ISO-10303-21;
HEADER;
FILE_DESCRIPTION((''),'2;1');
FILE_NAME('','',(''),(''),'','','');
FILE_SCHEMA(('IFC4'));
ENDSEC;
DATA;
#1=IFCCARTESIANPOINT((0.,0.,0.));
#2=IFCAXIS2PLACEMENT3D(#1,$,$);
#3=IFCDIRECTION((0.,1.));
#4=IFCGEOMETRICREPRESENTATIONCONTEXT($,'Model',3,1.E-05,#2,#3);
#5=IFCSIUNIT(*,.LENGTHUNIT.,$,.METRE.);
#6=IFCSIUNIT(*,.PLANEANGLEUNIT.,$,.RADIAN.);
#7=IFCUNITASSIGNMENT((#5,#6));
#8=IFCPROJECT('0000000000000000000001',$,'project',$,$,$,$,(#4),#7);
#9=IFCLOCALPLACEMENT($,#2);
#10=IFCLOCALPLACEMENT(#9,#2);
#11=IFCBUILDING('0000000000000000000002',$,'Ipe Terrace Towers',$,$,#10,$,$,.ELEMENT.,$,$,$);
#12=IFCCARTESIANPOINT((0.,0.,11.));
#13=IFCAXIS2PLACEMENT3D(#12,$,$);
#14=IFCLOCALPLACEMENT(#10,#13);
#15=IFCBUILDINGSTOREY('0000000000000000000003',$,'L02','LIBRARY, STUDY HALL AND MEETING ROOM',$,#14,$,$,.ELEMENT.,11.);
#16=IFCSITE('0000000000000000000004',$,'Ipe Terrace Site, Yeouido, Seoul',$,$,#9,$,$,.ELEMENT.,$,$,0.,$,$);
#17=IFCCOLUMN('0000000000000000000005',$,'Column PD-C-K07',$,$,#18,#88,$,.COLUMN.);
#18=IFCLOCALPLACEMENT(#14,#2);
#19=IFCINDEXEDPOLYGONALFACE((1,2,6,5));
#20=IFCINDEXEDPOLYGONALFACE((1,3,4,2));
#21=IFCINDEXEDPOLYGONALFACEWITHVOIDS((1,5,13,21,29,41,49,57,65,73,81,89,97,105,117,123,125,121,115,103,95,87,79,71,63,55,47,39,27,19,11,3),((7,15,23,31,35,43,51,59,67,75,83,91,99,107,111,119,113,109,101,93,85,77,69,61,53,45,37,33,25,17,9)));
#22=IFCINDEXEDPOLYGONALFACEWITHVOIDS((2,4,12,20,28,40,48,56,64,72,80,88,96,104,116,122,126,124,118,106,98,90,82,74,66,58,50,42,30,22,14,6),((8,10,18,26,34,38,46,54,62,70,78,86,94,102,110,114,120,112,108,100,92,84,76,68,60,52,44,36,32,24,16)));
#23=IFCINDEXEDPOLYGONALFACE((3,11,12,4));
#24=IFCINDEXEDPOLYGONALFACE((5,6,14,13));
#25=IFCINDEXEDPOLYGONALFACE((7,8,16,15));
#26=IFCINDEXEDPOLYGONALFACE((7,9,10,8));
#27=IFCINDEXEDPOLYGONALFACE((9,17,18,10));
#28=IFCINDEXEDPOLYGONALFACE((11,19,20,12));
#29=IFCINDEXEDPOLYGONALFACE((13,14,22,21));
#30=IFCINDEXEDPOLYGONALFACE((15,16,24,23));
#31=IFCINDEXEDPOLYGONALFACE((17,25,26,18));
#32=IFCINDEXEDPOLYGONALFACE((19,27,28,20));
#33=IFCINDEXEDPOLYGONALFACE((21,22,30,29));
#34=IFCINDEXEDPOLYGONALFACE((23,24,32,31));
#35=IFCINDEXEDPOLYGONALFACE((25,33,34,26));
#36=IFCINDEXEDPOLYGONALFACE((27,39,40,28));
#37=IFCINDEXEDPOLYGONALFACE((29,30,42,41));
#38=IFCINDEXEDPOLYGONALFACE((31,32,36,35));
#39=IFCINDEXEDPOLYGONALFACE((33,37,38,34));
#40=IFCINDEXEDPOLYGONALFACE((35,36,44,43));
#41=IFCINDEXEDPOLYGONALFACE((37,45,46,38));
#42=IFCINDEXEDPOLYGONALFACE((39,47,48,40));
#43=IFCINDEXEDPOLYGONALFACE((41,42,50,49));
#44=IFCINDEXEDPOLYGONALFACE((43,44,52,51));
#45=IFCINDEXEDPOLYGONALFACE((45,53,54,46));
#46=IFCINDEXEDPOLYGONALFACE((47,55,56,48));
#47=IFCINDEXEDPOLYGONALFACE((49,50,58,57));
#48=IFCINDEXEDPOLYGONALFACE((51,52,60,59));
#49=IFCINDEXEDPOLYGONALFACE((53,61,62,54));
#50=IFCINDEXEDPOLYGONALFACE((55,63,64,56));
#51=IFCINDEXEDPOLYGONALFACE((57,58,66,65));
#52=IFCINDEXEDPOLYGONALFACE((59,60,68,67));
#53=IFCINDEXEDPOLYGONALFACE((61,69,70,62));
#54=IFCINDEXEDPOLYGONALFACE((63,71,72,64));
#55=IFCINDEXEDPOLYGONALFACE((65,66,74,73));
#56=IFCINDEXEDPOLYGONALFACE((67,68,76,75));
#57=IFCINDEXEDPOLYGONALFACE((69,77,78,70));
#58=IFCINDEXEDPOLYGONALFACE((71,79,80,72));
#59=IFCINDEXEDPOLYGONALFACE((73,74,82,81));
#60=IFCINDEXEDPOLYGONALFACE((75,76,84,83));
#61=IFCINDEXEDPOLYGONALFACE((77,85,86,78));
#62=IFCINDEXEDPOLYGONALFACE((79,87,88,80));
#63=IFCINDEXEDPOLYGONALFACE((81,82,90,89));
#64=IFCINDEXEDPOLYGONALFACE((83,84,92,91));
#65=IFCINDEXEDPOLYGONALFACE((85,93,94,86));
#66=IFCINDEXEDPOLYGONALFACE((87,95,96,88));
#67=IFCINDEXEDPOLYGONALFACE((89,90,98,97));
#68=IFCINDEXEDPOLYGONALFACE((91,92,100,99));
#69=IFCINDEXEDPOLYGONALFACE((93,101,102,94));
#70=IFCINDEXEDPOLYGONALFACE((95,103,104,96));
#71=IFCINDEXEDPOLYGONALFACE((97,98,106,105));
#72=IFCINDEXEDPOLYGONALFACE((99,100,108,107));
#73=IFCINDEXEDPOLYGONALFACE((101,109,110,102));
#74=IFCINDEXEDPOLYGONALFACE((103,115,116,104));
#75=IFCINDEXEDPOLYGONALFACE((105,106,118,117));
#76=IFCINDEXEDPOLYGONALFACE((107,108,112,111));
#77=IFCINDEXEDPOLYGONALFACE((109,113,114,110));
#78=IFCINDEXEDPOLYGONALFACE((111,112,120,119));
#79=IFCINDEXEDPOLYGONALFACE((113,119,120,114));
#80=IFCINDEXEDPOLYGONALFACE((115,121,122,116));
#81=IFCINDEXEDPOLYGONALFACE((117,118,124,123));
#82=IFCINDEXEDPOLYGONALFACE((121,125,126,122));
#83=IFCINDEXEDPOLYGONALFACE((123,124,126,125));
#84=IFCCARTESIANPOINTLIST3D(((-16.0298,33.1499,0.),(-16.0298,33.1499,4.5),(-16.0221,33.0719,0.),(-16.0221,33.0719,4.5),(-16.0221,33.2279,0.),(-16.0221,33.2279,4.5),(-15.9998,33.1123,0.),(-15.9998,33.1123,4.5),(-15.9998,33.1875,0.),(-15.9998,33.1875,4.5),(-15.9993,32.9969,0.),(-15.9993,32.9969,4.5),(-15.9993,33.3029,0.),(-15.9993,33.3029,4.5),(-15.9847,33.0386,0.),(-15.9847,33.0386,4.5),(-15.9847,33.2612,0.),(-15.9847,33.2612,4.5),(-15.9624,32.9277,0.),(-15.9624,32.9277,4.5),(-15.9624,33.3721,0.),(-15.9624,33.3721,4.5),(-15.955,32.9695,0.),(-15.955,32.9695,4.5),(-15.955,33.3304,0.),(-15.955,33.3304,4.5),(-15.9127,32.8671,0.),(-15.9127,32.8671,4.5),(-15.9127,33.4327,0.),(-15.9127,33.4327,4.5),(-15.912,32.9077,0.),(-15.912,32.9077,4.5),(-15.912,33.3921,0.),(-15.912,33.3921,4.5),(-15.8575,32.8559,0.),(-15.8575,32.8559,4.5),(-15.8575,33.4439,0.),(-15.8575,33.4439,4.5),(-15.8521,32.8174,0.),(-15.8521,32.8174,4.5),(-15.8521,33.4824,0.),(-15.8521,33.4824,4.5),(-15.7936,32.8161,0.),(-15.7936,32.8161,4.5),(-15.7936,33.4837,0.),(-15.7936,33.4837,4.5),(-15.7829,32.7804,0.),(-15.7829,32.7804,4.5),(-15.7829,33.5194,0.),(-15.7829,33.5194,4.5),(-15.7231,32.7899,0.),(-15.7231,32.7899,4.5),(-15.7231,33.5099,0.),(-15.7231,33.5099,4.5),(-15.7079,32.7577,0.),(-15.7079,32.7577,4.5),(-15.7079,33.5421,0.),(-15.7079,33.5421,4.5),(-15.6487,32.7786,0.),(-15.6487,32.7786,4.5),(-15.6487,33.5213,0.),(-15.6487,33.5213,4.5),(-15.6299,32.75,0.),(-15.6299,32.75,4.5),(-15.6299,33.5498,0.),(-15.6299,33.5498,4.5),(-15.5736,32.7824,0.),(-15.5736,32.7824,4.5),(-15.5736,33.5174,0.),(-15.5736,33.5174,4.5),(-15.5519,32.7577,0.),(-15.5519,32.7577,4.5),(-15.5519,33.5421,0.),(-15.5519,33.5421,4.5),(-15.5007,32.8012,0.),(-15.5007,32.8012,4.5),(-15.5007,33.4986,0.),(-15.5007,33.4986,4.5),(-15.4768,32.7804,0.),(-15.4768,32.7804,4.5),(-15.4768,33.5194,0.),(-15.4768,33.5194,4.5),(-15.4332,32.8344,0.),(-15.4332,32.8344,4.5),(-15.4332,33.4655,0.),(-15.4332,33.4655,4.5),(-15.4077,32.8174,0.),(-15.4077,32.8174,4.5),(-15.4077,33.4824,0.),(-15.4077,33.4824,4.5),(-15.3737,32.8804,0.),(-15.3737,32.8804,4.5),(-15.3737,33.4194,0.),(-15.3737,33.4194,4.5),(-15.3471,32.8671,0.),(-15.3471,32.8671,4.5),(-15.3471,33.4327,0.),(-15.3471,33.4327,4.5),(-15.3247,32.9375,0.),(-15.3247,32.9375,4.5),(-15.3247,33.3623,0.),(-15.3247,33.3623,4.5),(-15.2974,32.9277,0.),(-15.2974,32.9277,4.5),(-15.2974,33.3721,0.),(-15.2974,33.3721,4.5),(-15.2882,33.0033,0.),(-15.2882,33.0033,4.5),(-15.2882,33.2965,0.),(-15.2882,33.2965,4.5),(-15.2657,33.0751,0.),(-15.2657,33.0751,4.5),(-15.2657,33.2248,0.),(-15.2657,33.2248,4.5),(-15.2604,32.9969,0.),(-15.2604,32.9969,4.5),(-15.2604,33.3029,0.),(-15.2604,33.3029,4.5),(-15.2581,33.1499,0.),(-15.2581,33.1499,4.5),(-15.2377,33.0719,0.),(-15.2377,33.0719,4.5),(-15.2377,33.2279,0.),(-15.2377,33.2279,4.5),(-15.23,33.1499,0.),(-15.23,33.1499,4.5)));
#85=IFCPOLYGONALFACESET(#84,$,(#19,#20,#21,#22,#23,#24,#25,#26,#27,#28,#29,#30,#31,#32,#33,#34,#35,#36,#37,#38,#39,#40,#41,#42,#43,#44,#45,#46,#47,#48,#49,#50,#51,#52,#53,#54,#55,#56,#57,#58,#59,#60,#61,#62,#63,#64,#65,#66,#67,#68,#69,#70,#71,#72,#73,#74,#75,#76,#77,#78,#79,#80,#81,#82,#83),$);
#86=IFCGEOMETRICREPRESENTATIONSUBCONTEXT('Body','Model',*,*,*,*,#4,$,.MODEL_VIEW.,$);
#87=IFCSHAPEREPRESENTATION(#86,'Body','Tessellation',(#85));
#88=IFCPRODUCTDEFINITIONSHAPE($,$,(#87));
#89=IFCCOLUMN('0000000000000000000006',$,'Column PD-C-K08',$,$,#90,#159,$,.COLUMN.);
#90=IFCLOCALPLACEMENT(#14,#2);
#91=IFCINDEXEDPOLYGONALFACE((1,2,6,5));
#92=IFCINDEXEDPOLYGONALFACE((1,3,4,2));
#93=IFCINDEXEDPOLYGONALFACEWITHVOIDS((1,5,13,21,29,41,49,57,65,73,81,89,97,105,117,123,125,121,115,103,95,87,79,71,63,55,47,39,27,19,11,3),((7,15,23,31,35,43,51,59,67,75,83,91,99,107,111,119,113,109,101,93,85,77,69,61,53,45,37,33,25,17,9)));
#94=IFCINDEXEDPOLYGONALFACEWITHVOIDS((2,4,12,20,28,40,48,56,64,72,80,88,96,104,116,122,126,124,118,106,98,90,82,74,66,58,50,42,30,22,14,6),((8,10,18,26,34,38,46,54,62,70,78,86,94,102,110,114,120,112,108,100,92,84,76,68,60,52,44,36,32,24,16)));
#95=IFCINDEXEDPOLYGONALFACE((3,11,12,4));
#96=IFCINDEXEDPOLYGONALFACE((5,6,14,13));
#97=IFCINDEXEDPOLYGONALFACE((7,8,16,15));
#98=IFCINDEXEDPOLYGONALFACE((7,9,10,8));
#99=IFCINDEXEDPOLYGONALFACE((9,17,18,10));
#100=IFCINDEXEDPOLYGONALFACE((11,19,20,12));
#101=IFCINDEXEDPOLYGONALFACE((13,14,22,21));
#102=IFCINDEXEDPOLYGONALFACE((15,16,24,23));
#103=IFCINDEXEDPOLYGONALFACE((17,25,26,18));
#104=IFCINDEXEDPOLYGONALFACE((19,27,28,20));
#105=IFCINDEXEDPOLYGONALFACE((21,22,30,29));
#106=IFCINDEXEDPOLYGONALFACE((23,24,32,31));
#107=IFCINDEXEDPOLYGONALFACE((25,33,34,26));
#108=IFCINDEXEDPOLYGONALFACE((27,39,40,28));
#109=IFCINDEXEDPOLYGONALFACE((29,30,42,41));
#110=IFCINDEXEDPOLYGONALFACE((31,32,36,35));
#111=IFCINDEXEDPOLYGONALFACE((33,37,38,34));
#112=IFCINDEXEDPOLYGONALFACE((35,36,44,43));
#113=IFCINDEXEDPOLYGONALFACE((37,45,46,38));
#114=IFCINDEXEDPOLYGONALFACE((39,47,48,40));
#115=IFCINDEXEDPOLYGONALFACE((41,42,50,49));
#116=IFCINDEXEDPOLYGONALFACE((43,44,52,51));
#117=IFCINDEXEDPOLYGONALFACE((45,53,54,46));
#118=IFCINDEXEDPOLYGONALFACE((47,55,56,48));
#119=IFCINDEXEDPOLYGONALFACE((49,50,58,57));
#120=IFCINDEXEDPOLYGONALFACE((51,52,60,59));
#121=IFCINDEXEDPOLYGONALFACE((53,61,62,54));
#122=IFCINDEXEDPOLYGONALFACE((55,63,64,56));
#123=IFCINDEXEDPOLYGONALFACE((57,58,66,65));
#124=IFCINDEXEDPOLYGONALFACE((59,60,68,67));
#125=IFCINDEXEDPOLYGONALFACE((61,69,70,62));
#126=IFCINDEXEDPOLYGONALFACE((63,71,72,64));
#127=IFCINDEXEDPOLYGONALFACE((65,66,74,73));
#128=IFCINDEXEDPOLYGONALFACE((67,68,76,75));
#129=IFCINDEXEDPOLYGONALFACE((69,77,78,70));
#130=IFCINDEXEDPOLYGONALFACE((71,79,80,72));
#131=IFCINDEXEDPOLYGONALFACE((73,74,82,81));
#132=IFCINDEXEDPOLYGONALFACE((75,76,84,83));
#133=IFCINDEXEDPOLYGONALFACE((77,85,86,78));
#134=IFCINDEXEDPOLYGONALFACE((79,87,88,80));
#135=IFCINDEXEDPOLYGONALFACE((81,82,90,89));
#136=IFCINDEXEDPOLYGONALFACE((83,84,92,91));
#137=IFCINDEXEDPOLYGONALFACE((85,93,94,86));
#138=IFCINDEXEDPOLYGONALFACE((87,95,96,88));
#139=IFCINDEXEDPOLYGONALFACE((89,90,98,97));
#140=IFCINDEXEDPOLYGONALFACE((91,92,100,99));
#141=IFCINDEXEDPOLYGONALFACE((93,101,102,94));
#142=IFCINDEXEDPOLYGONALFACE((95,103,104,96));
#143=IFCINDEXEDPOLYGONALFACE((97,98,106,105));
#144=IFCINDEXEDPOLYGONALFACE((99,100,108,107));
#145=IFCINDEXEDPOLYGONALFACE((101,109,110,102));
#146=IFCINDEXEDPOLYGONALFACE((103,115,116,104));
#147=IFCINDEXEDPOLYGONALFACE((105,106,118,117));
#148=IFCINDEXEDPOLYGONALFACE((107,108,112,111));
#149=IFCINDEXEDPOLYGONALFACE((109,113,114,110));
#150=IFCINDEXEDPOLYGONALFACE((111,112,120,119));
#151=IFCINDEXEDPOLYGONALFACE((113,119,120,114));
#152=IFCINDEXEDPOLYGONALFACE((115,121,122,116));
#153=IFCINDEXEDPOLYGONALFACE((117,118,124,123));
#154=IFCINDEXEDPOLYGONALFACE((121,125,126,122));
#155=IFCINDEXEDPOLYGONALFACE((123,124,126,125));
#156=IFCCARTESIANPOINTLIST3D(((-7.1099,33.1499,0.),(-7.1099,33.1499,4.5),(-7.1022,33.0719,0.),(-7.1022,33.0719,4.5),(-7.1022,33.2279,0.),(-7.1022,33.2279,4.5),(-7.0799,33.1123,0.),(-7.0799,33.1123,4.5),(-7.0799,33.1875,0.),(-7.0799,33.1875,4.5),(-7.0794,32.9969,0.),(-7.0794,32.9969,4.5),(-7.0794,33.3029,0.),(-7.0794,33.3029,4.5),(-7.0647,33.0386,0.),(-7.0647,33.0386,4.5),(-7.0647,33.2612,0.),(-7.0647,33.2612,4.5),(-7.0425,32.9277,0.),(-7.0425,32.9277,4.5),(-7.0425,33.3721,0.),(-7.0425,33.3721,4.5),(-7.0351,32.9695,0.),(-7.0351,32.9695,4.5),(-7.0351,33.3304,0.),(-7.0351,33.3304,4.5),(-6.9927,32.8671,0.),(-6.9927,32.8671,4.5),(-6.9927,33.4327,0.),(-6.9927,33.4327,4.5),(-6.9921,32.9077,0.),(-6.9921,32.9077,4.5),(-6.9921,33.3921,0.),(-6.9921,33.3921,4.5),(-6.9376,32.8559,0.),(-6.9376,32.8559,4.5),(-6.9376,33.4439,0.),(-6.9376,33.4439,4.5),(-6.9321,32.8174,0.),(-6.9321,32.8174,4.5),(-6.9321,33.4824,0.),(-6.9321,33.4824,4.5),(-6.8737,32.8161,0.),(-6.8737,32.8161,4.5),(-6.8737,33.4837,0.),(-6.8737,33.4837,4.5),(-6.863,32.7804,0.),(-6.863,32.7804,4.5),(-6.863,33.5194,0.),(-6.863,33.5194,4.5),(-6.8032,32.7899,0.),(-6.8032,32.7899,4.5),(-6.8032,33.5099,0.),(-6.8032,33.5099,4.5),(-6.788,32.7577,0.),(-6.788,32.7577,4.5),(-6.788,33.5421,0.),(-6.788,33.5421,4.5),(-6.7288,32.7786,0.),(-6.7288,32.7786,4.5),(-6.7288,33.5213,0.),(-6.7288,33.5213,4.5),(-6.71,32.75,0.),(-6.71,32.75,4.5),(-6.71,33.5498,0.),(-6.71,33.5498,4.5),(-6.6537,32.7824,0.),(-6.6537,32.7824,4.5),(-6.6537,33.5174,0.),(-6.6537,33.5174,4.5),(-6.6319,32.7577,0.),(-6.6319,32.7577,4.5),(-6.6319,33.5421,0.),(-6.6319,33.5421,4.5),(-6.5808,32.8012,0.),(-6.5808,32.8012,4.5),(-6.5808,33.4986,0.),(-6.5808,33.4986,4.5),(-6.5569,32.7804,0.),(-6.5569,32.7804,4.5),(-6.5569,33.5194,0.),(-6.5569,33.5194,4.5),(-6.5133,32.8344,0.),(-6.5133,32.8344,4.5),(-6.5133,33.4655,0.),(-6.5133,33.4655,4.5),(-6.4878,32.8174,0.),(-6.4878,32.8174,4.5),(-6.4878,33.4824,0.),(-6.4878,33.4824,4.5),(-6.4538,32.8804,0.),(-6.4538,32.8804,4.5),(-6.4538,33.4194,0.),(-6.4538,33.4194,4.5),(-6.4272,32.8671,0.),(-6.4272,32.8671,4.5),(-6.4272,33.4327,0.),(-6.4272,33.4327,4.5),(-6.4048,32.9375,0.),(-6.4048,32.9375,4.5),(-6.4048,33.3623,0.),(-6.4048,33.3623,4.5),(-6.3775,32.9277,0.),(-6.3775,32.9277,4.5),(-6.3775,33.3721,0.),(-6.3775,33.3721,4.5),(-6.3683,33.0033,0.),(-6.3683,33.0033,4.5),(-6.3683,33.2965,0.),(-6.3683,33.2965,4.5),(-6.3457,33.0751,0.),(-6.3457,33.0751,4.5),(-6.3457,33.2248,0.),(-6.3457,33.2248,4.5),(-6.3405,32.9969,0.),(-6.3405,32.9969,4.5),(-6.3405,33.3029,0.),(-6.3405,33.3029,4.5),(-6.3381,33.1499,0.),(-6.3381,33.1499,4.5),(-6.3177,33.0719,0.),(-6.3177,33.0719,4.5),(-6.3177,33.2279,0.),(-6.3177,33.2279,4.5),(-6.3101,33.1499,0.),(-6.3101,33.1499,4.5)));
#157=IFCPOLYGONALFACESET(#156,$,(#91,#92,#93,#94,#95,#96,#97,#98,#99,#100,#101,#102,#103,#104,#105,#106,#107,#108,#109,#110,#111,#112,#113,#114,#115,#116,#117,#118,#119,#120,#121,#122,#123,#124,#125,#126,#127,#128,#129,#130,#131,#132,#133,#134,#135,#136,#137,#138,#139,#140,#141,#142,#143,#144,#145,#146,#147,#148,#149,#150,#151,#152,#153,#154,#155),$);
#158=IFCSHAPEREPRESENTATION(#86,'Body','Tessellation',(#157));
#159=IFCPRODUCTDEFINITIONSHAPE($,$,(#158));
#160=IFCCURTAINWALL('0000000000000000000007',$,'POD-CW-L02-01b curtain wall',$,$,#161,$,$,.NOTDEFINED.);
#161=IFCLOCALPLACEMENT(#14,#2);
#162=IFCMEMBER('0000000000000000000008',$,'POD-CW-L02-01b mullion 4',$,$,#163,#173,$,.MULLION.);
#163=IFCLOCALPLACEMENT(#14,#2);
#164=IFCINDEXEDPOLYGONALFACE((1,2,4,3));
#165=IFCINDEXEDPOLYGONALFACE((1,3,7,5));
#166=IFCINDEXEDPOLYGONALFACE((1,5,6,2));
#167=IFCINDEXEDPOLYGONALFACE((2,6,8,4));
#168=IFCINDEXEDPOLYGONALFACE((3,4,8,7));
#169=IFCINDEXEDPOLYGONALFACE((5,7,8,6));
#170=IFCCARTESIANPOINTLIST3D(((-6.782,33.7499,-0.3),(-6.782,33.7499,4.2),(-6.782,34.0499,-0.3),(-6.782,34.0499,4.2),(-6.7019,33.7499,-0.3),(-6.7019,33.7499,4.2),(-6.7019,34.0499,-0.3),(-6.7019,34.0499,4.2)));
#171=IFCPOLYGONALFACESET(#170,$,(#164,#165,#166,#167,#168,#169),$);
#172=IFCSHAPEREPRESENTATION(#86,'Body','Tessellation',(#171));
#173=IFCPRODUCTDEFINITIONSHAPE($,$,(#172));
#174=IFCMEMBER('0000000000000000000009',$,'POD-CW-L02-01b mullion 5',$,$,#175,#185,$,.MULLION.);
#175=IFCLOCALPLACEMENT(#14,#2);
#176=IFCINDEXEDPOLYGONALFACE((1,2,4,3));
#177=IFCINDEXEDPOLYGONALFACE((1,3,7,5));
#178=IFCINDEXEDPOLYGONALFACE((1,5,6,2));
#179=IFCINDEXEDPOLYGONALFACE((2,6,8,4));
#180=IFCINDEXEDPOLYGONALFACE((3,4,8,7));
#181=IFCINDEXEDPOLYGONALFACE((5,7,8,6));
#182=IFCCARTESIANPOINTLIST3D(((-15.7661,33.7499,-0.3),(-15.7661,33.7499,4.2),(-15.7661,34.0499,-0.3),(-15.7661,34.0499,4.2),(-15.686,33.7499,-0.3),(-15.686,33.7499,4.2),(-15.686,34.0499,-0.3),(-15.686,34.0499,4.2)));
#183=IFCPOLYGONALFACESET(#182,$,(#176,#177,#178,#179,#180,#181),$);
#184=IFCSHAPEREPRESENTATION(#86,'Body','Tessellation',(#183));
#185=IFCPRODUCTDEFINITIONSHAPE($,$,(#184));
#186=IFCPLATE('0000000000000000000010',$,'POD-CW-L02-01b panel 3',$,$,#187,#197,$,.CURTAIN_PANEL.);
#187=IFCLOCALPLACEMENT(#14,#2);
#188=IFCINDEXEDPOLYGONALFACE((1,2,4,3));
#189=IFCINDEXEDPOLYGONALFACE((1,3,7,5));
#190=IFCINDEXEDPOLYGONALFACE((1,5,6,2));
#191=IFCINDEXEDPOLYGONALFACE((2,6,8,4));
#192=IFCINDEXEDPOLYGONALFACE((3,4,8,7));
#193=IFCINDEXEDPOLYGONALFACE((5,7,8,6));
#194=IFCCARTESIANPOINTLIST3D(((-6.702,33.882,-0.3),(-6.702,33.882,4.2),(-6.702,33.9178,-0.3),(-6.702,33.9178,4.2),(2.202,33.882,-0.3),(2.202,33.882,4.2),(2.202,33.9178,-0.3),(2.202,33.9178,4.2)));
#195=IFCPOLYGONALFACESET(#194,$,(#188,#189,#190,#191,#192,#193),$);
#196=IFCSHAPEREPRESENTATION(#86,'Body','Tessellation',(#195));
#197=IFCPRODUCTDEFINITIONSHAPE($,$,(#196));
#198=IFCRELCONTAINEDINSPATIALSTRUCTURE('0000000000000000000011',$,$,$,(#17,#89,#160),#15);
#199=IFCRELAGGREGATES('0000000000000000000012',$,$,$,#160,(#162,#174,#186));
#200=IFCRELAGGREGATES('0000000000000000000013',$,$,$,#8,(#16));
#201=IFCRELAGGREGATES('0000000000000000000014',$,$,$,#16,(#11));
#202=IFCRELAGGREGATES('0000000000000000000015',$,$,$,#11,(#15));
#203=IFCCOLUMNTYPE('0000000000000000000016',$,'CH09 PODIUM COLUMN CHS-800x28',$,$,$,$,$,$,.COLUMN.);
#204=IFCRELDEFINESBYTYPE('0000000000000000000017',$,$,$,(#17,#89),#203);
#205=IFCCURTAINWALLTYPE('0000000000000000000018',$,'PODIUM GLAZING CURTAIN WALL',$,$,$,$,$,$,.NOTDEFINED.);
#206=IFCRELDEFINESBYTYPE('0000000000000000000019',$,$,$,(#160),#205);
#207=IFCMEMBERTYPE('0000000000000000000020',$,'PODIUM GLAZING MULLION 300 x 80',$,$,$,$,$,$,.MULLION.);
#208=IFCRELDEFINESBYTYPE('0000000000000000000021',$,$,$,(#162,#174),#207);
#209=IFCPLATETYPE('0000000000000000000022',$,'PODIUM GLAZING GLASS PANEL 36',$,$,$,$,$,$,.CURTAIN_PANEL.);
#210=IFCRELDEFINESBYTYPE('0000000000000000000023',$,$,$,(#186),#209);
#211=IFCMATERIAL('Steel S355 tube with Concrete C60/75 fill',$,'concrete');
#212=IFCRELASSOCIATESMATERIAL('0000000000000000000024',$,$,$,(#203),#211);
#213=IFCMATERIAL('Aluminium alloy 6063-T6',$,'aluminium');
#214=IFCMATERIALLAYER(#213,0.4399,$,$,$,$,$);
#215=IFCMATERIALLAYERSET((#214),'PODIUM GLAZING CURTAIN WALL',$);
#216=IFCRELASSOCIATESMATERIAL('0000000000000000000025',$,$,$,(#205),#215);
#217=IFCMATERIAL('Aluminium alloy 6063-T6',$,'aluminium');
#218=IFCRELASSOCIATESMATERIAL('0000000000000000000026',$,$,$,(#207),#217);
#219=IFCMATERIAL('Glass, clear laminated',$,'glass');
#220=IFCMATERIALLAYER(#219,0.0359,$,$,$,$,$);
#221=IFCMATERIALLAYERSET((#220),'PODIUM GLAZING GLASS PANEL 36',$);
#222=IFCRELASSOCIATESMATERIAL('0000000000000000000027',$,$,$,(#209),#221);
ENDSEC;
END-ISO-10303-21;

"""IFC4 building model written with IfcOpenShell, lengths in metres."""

from ifc_helpers import new_model, si_unit, direction, frame, origin, origin_2d, place, context, subcontext, project, spatial, rectangle, hollow_circle, extrude, material, layer, layer_set, material_profile, profile_set, type_object, element, aggregate, save


model = new_model("IFC4")

# Units and contexts
model_context = context("Model", 3, precision=1e-05, world=origin(), true_north=direction((0.0, 1.0)))
body_context = subcontext(model_context, "Body", "Model", "MODEL_VIEW")
ifc_project = project(units=[si_unit("LENGTHUNIT", "METRE"), si_unit("PLANEANGLEUNIT", "RADIAN")], contexts=[model_context])

# Site, building, storey
site_placement = place(None, origin())
site = spatial("IfcSite", under=ifc_project, at=site_placement, Name="Ipe Terrace Site, Yeouido, Seoul", CompositionType="ELEMENT", RefElevation=0.0)
building_placement = place(site_placement, origin())
building = spatial("IfcBuilding", under=site, at=building_placement, Name="Ipe Terrace Towers", CompositionType="ELEMENT")
storey_placement = place(building_placement, frame((0.0, 0.0, 11.0)))
storey = spatial("IfcBuildingStorey", under=building, at=storey_placement, Name="L02", Description="LIBRARY, STUDY HALL AND MEETING ROOM", CompositionType="ELEMENT", Elevation=11.0)

# Columns
ifc_material_1 = material(Name="Steel S355 tube with Concrete C60/75 fill", Category="concrete")
ifc_material_profile_1 = material_profile(ifc_material_1, hollow_circle(Radius=0.3999, WallThickness=0.0281, at=origin_2d()), Name="CHS-800x28")
ifc_profile_set_1 = profile_set([ifc_material_profile_1], Name="Steel S355 tube with Concrete C60/75 fill")
column_type = type_object("IfcColumnType", Name="CH09 PODIUM COLUMN CHS-800x28", PredefinedType="COLUMN", material=ifc_profile_set_1)
for number, where, z_axis, x_axis, name in (
    (1, (-15.6299, 33.1499, 0.0), (0.0, 0.0, 1.0), (1.0, 0.0, 0.0), "Column PD-C-K07"),
    (2, (-6.71, 33.1499, 0.0), (0.0, 0.0, 1.0), (1.0, 0.0, 0.0), "Column PD-C-K08"),
):
    element("IfcColumn", number, at=place(storey_placement, frame(where, z_axis=z_axis, x_axis=x_axis)), inside=storey, type_object=column_type, Name=name, PredefinedType="COLUMN", context=body_context, shape_type="SweptSolid", body=[
        extrude(hollow_circle(Radius=0.3999, WallThickness=0.0281, at=origin_2d()), origin(), (0.0, 0.0, 1.0), 4.5),
    ])

# Curtain wall, members, plate
ifc_material_2 = material(Name="Aluminium alloy 6063-T6", Category="aluminium")
ifc_layer_1 = layer(ifc_material_2, 0.4399)
ifc_layer_set_1 = layer_set([ifc_layer_1], Name="PODIUM GLAZING CURTAIN WALL")
curtain_wall_type = type_object("IfcCurtainWallType", Name="PODIUM GLAZING CURTAIN WALL", PredefinedType="NOTDEFINED", material=ifc_layer_set_1)
curtain_wall_placement = place(storey_placement, origin())
curtain_wall = element("IfcCurtainWall", 3, at=curtain_wall_placement, inside=storey, type_object=curtain_wall_type, Name="POD-CW-L02-01b curtain wall", PredefinedType="NOTDEFINED")
ifc_material_3 = material(Name="Aluminium alloy 6063-T6", Category="aluminium")
ifc_material_profile_2 = material_profile(ifc_material_3, rectangle(XDim=0.3, YDim=0.0801, at=origin_2d()), Name="PODIUM GLAZING MULLION 300 x 80")
ifc_profile_set_2 = profile_set([ifc_material_profile_2], Name="Aluminium alloy 6063-T6")
member_type = type_object("IfcMemberType", Name="PODIUM GLAZING MULLION 300 x 80", PredefinedType="MULLION", material=ifc_profile_set_2)
member_1_placement = place(storey_placement, frame((-6.7419, 33.8999, -0.3), z_axis=(0.0, 0.0, 1.0), x_axis=(0.0, 1.0, 0.0)))
member_1 = element("IfcMember", 4, at=member_1_placement, type_object=member_type, Name="POD-CW-L02-01b mullion 4", PredefinedType="MULLION", context=body_context, shape_type="SweptSolid", body=[
    extrude(rectangle(XDim=0.3, YDim=0.0801, at=origin_2d()), origin(), (0.0, 0.0, 1.0), 4.5),
])
member_2_placement = place(storey_placement, frame((-15.7261, 33.8999, -0.3), z_axis=(0.0, 0.0, 1.0), x_axis=(0.0, 1.0, 0.0)))
member_2 = element("IfcMember", 5, at=member_2_placement, type_object=member_type, Name="POD-CW-L02-01b mullion 5", PredefinedType="MULLION", context=body_context, shape_type="SweptSolid", body=[
    extrude(rectangle(XDim=0.3, YDim=0.0801, at=origin_2d()), origin(), (0.0, 0.0, 1.0), 4.5),
])
ifc_material_4 = material(Name="Glass, clear laminated", Category="glass")
ifc_layer_2 = layer(ifc_material_4, 0.0359)
ifc_layer_set_2 = layer_set([ifc_layer_2], Name="PODIUM GLAZING GLASS PANEL 36")
plate_type = type_object("IfcPlateType", Name="PODIUM GLAZING GLASS PANEL 36", PredefinedType="CURTAIN_PANEL", material=ifc_layer_set_2)
plate_1_placement = place(storey_placement, frame((-2.25, 33.8999, -0.3), z_axis=(0.0, 0.0, 1.0), x_axis=(-1.0, 0.0, 0.0)))
plate_1 = element("IfcPlate", 6, at=plate_1_placement, type_object=plate_type, Name="POD-CW-L02-01b panel 3", PredefinedType="CURTAIN_PANEL", context=body_context, shape_type="SweptSolid", body=[
    extrude(rectangle(XDim=8.9041, YDim=0.0359, at=origin_2d()), origin(), (0.0, 0.0, 1.0), 4.5),
])
aggregate(curtain_wall, [member_1, member_2, plate_1])

save(model, "model.ifc")
